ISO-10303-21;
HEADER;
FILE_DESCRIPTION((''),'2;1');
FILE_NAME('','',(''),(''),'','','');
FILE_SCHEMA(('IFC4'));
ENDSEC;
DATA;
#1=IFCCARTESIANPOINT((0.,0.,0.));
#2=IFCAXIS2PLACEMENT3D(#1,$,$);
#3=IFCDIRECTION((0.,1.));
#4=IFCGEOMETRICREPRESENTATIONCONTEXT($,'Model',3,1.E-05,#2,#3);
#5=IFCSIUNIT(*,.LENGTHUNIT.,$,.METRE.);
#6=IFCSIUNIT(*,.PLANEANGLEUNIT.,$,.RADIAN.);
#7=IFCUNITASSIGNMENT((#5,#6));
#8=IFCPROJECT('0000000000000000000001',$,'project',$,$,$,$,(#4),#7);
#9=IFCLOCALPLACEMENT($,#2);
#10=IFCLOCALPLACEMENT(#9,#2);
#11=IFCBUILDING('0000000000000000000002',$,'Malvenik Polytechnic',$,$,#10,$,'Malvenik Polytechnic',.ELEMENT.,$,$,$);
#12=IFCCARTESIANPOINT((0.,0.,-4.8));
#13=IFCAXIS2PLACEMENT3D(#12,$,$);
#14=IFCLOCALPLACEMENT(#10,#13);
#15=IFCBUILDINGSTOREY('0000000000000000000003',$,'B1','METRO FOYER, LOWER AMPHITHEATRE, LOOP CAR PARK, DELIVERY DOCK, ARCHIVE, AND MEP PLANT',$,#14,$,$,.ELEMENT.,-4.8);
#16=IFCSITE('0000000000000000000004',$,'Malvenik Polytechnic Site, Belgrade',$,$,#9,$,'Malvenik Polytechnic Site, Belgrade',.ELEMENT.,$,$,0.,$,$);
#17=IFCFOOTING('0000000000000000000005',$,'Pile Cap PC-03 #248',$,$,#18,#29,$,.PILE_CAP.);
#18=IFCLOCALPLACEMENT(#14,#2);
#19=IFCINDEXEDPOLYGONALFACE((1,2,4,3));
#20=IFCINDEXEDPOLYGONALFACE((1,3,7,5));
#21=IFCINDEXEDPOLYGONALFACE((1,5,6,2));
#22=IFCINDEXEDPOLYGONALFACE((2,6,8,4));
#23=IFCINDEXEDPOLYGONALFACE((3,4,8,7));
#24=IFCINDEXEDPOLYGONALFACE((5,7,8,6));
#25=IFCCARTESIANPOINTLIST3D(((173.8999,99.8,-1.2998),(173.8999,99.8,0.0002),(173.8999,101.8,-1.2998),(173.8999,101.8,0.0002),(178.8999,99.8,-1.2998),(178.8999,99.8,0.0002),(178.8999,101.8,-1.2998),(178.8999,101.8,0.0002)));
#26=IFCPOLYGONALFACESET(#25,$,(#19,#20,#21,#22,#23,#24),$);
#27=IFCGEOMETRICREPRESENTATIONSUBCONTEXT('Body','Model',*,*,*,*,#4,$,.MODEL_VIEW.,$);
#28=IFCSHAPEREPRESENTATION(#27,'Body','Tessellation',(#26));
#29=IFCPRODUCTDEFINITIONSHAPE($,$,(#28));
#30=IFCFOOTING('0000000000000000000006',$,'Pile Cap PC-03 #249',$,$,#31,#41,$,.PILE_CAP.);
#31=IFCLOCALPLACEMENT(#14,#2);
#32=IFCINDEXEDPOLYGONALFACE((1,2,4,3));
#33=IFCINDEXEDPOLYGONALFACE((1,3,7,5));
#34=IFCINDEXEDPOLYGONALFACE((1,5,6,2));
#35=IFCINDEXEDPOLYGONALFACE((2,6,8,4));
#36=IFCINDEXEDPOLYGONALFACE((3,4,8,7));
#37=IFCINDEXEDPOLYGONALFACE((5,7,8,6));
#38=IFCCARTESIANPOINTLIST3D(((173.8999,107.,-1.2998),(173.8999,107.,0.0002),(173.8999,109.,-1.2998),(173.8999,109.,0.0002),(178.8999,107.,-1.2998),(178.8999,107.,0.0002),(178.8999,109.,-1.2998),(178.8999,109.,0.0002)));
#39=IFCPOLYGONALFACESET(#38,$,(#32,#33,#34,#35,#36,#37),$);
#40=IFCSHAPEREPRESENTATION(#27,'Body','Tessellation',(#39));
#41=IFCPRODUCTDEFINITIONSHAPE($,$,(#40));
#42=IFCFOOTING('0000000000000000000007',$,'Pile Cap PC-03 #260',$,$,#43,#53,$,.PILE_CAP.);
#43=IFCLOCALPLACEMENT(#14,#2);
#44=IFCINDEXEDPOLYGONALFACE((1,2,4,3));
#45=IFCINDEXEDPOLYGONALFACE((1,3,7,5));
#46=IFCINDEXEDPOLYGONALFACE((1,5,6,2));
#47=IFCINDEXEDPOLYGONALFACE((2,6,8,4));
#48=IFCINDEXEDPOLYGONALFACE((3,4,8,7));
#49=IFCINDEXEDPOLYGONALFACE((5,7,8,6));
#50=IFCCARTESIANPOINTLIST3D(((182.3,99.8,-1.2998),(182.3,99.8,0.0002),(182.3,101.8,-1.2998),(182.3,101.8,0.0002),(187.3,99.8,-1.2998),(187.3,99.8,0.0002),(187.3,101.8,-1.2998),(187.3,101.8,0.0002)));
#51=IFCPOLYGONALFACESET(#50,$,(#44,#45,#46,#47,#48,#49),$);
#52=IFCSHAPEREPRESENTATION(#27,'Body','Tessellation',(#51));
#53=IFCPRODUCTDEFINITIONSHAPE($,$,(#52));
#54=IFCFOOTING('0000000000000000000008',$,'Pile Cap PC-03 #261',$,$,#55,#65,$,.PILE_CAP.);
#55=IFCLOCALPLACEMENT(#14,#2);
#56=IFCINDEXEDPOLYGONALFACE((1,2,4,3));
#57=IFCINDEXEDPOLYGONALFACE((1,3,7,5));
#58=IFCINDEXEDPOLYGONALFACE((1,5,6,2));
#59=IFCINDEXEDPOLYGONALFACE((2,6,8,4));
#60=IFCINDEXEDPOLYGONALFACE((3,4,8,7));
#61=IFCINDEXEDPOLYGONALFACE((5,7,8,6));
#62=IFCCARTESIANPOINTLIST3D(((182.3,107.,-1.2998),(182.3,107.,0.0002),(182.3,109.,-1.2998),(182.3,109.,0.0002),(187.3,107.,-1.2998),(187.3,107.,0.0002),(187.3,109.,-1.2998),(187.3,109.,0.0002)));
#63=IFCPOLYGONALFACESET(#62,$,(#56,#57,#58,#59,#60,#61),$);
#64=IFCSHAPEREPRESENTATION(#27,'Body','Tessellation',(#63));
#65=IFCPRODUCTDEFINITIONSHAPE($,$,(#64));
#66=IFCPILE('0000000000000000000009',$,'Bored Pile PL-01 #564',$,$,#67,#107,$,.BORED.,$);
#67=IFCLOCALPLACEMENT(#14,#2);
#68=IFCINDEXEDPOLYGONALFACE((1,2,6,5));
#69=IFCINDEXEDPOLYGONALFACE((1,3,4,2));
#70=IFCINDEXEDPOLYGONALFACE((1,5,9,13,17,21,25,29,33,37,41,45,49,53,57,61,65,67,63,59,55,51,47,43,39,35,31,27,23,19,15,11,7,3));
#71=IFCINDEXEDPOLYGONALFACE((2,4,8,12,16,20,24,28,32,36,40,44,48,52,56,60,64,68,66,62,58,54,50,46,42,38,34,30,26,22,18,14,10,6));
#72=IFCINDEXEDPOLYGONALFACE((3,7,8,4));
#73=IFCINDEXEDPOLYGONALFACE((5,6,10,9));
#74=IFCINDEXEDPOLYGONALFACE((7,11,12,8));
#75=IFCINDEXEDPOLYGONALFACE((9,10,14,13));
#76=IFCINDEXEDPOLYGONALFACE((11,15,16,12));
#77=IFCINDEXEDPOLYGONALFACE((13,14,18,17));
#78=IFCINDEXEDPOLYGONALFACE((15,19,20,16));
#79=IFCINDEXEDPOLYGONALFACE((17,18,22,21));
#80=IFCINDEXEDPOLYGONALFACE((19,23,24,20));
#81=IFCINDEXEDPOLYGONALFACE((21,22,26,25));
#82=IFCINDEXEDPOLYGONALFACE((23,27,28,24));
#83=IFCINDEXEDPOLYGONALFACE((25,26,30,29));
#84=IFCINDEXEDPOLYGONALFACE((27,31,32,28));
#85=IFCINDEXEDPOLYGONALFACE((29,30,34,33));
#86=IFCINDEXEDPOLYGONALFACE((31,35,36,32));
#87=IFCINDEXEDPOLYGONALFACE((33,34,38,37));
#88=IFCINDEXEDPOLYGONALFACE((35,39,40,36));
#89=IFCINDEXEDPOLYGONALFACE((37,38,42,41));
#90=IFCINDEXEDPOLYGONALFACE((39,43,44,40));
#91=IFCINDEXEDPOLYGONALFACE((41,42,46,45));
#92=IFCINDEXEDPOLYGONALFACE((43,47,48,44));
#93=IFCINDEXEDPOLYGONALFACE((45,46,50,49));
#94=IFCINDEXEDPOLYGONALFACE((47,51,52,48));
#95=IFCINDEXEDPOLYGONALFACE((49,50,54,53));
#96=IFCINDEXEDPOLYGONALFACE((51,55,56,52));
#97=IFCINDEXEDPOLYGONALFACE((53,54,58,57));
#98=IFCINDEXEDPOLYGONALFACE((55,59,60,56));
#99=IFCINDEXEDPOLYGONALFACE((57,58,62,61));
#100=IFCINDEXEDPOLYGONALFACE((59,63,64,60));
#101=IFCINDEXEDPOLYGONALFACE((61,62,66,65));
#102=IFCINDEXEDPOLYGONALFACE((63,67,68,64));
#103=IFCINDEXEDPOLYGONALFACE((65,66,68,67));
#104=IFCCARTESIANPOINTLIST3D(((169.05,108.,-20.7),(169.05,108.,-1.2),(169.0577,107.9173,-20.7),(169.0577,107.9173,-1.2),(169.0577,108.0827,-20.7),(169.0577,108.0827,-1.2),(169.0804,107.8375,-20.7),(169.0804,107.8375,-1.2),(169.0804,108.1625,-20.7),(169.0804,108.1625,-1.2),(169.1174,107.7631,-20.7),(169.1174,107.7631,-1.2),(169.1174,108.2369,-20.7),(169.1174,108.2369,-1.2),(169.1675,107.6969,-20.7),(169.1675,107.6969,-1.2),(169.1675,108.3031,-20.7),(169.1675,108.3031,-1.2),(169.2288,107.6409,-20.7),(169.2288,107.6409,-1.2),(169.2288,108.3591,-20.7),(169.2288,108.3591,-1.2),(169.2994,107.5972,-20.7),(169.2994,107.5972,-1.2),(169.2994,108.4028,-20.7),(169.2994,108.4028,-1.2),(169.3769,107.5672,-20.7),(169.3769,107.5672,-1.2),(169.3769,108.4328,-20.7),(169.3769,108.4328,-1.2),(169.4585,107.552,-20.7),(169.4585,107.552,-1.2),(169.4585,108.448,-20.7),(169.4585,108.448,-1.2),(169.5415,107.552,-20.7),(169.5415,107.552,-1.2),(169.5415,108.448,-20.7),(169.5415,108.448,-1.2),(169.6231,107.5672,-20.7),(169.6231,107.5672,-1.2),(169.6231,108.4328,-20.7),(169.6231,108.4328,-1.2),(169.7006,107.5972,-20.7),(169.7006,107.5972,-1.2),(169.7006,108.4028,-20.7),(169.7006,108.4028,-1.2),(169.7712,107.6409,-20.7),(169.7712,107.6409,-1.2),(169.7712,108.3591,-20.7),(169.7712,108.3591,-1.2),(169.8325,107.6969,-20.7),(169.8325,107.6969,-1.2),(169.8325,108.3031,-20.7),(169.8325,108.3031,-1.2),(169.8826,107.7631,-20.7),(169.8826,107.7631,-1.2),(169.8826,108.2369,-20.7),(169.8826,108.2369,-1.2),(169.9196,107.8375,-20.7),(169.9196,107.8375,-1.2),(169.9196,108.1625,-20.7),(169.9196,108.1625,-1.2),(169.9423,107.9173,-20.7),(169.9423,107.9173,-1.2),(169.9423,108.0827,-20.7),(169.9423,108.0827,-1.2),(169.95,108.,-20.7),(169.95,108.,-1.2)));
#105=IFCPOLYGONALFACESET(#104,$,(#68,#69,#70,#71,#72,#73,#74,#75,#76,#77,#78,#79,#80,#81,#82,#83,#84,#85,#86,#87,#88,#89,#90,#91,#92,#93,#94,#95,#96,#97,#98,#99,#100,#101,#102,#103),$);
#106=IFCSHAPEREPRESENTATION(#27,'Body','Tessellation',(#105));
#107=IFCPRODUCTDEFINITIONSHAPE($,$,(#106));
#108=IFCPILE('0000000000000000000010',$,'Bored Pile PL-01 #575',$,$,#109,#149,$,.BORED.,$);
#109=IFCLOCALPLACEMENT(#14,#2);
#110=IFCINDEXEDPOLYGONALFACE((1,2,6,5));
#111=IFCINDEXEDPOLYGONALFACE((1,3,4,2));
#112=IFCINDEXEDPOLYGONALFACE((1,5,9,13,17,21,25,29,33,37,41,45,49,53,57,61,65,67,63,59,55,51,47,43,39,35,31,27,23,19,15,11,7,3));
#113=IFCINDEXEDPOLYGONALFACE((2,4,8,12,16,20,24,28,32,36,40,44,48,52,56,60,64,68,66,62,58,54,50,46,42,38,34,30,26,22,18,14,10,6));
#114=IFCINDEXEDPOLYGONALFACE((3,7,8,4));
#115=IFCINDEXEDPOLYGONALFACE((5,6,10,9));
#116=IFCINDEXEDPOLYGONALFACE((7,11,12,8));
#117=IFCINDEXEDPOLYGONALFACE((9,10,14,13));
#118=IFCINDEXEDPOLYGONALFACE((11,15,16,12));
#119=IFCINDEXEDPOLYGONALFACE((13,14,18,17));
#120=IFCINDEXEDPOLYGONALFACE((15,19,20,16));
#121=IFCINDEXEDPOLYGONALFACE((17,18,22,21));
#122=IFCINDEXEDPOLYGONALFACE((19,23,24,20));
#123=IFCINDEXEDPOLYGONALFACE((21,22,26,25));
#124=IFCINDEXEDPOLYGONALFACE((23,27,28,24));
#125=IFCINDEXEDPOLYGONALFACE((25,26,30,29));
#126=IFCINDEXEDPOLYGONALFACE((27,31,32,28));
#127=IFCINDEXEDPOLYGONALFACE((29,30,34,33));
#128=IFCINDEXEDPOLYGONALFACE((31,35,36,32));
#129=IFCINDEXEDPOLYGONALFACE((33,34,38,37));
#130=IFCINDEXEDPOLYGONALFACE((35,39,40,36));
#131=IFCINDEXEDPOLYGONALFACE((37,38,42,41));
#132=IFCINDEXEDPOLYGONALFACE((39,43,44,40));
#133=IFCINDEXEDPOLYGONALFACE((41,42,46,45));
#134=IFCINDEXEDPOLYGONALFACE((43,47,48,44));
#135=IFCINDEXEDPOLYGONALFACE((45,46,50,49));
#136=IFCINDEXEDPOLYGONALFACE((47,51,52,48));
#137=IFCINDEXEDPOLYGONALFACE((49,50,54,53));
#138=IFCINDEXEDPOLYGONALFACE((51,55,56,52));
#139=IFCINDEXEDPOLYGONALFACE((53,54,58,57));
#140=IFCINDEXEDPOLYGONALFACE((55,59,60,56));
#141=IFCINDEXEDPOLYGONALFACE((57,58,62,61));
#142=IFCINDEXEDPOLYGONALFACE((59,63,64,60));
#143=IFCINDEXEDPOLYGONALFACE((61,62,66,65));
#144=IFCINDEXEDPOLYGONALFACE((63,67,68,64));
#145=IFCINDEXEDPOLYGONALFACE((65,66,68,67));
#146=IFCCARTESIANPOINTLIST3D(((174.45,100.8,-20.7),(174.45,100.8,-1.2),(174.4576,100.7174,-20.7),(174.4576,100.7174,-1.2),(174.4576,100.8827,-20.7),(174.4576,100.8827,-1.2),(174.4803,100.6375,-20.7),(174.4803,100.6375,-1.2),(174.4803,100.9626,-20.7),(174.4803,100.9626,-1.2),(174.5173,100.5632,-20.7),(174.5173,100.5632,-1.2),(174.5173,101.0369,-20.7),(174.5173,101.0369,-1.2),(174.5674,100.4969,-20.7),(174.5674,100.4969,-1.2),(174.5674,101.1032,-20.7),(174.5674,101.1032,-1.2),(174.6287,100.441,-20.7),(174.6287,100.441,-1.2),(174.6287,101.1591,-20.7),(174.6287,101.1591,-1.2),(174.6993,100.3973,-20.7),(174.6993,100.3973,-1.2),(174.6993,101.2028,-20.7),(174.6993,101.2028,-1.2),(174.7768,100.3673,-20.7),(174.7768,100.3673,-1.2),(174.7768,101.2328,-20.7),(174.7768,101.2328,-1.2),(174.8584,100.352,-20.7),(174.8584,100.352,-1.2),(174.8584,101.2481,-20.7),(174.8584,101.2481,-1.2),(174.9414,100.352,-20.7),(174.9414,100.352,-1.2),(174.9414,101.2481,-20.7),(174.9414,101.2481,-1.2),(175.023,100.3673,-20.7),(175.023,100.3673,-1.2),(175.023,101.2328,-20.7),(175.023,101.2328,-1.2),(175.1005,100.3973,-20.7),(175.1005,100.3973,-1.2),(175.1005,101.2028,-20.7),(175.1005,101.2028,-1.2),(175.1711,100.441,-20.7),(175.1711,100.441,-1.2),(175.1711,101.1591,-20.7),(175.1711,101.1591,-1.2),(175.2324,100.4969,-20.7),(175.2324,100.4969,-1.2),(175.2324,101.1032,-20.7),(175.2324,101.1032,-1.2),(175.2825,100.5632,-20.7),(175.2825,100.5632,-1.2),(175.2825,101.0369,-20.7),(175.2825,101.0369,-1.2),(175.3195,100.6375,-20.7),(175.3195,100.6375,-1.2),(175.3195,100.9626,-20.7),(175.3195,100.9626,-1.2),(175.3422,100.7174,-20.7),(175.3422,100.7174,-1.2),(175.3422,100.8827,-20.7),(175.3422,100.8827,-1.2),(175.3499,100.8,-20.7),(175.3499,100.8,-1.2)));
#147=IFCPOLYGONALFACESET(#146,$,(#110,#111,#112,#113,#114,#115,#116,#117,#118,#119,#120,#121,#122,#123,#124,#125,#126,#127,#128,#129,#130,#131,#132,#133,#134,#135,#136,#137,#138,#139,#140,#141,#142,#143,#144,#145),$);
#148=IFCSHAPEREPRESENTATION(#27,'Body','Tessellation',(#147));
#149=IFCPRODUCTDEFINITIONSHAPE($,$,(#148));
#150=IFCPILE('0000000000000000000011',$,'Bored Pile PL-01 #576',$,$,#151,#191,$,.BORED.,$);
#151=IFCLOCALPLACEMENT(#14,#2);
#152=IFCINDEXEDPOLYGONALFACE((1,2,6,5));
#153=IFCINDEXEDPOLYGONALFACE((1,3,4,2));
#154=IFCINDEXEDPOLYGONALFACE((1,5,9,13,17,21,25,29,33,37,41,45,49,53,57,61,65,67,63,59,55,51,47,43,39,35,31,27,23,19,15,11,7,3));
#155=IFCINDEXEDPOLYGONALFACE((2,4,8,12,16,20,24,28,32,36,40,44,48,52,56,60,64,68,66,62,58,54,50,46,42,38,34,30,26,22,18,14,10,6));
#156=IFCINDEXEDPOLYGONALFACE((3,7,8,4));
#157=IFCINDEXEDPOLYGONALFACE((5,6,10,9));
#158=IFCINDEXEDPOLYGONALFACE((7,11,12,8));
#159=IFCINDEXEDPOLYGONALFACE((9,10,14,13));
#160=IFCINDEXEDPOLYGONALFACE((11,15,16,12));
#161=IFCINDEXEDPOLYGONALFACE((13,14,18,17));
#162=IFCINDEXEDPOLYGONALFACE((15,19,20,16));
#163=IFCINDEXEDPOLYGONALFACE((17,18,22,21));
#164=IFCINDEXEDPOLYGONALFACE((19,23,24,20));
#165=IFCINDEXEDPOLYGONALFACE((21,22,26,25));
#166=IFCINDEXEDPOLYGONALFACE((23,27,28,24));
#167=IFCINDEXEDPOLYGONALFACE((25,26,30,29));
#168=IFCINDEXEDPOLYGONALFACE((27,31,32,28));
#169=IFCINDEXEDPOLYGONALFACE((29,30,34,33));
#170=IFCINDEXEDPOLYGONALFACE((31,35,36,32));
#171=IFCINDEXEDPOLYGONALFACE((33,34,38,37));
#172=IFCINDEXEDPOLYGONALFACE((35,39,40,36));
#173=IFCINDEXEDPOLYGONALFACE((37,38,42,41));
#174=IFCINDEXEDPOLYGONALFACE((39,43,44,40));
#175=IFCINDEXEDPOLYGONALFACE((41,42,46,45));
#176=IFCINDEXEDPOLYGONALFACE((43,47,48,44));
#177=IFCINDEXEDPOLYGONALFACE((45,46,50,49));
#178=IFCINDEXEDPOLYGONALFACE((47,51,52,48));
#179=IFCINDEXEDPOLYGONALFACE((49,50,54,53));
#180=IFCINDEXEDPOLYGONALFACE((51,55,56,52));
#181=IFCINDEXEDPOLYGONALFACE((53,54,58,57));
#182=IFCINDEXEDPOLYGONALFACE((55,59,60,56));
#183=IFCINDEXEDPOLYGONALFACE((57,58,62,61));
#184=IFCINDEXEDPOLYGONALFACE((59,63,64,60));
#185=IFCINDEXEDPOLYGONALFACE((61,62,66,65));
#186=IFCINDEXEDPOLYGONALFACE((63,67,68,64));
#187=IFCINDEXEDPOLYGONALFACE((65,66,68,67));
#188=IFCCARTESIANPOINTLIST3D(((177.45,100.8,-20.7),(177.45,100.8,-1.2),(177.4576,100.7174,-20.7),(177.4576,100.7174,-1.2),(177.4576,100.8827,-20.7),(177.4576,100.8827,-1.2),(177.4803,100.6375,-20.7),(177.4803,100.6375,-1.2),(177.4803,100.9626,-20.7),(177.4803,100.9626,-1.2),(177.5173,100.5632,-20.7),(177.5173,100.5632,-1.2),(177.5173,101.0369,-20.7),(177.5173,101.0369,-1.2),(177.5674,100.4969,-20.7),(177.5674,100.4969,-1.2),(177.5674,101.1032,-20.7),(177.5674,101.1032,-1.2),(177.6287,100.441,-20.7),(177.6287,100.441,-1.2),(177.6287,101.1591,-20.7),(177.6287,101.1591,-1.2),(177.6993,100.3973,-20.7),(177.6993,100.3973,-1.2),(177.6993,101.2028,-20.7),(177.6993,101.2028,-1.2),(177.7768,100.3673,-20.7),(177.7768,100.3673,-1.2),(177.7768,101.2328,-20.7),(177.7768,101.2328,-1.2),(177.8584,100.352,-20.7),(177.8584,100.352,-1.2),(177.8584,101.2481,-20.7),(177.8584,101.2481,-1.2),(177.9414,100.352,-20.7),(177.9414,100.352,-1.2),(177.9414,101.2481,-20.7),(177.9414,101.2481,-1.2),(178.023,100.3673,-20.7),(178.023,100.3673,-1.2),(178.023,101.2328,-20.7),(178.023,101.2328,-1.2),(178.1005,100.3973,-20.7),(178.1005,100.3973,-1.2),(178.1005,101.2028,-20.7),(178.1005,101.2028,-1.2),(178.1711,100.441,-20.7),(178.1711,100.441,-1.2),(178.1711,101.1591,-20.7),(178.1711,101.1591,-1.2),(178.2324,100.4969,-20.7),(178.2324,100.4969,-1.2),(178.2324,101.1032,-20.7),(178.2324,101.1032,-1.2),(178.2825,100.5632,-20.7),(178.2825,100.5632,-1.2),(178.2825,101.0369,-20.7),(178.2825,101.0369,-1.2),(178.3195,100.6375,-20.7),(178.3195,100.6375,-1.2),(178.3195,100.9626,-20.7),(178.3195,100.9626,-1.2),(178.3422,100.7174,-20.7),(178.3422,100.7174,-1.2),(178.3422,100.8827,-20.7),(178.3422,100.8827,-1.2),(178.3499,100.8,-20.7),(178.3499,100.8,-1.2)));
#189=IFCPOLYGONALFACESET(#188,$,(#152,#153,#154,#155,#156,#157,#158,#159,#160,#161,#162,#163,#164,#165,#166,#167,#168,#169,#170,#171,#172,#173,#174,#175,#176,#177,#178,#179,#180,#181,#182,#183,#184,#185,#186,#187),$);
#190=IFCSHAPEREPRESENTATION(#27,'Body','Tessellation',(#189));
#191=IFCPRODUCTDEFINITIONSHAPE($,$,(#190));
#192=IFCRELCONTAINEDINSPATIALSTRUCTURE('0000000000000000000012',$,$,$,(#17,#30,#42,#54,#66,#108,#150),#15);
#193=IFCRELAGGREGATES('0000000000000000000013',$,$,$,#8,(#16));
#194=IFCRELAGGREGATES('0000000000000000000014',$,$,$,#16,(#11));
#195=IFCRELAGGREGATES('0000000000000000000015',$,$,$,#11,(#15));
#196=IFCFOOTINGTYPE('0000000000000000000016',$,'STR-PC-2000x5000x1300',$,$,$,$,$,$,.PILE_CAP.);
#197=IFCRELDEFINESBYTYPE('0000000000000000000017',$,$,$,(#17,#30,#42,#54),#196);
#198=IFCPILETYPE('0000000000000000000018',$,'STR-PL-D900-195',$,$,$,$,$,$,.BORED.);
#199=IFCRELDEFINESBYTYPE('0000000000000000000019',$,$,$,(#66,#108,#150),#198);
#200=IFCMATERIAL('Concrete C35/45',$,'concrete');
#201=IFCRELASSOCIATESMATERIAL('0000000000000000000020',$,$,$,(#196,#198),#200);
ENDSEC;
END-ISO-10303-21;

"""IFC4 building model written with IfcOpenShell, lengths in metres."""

from ifc_helpers import new_model, si_unit, direction, frame, origin, origin_2d, place, context, subcontext, project, spatial, rectangle, circle, extrude, material, material_profile, profile_set, type_object, element, save


model = new_model("IFC4")

# Units and contexts
model_context = context("Model", 3, precision=1e-05, world=origin(), true_north=direction((0.0, 1.0)))
body_context = subcontext(model_context, "Body", "Model", "MODEL_VIEW")
ifc_project = project(units=[si_unit("LENGTHUNIT", "METRE"), si_unit("PLANEANGLEUNIT", "RADIAN")], contexts=[model_context])

# Site, building, storey
site_placement = place(None, origin())
site = spatial("IfcSite", under=ifc_project, at=site_placement, Name="Malvenik Polytechnic Site, Belgrade", LongName="Malvenik Polytechnic Site, Belgrade", CompositionType="ELEMENT", RefElevation=0.0)
building_placement = place(site_placement, origin())
building = spatial("IfcBuilding", under=site, at=building_placement, Name="Malvenik Polytechnic", LongName="Malvenik Polytechnic", CompositionType="ELEMENT")
storey_placement = place(building_placement, frame((0.0, 0.0, -4.8)))
storey = spatial("IfcBuildingStorey", under=building, at=storey_placement, Name="B1", Description="METRO FOYER, LOWER AMPHITHEATRE, LOOP CAR PARK, DELIVERY DOCK, ARCHIVE, AND MEP PLANT", CompositionType="ELEMENT", Elevation=-4.8)

# Footings
ifc_material_1 = material(Name="Concrete C35/45", Category="concrete")
footing_type = type_object("IfcFootingType", Name="STR-PC-2000x5000x1300", PredefinedType="PILE_CAP", material=ifc_material_1)
for number, where, z_axis, x_axis, name in (
    (1, (176.3999, 100.8, -1.2998), (0.0, 0.0, 1.0), (1.0, 0.0, 0.0), "Pile Cap PC-03 #248"),
    (2, (176.3999, 108.0, -1.2998), (0.0, 0.0, 1.0), (1.0, 0.0, 0.0), "Pile Cap PC-03 #249"),
    (3, (184.8, 100.8, -1.2998), (0.0, 0.0, 1.0), (1.0, 0.0, 0.0), "Pile Cap PC-03 #260"),
    (4, (184.8, 108.0, -1.2998), (0.0, 0.0, 1.0), (1.0, 0.0, 0.0), "Pile Cap PC-03 #261"),
):
    element("IfcFooting", number, at=place(storey_placement, frame(where, z_axis=z_axis, x_axis=x_axis)), inside=storey, type_object=footing_type, Name=name, PredefinedType="PILE_CAP", context=body_context, shape_type="SweptSolid", body=[
        extrude(rectangle(XDim=5.0, YDim=2.0, at=origin_2d()), origin(), (0.0, 0.0, 1.0), 1.3),
    ])

# Piles
ifc_material_profile_1 = material_profile(ifc_material_1, circle(Radius=0.45, at=origin_2d()), Name="BORED PILE D900")
ifc_profile_set_1 = profile_set([ifc_material_profile_1], Name="Concrete C35/45")
pile_type = type_object("IfcPileType", Name="STR-PL-D900-195", PredefinedType="BORED", material=ifc_profile_set_1)
for number, where, z_axis, x_axis, name in (
    (5, (169.5, 108.0, -1.2), (0.0, 0.0, -1.0), (1.0, 0.0, 0.0), "Bored Pile PL-01 #564"),
    (6, (174.8999, 100.8, -1.2), (0.0, 0.0, -1.0), (1.0, 0.0, 0.0), "Bored Pile PL-01 #575"),
    (7, (177.8999, 100.8, -1.2), (0.0, 0.0, -1.0), (1.0, 0.0, 0.0), "Bored Pile PL-01 #576"),
):
    element("IfcPile", number, at=place(storey_placement, frame(where, z_axis=z_axis, x_axis=x_axis)), inside=storey, type_object=pile_type, Name=name, PredefinedType="BORED", context=body_context, shape_type="SweptSolid", body=[
        extrude(circle(Radius=0.45, at=origin_2d()), origin(), (0.0, 0.0, 1.0), 19.5),
    ])

save(model, "model.ifc")
